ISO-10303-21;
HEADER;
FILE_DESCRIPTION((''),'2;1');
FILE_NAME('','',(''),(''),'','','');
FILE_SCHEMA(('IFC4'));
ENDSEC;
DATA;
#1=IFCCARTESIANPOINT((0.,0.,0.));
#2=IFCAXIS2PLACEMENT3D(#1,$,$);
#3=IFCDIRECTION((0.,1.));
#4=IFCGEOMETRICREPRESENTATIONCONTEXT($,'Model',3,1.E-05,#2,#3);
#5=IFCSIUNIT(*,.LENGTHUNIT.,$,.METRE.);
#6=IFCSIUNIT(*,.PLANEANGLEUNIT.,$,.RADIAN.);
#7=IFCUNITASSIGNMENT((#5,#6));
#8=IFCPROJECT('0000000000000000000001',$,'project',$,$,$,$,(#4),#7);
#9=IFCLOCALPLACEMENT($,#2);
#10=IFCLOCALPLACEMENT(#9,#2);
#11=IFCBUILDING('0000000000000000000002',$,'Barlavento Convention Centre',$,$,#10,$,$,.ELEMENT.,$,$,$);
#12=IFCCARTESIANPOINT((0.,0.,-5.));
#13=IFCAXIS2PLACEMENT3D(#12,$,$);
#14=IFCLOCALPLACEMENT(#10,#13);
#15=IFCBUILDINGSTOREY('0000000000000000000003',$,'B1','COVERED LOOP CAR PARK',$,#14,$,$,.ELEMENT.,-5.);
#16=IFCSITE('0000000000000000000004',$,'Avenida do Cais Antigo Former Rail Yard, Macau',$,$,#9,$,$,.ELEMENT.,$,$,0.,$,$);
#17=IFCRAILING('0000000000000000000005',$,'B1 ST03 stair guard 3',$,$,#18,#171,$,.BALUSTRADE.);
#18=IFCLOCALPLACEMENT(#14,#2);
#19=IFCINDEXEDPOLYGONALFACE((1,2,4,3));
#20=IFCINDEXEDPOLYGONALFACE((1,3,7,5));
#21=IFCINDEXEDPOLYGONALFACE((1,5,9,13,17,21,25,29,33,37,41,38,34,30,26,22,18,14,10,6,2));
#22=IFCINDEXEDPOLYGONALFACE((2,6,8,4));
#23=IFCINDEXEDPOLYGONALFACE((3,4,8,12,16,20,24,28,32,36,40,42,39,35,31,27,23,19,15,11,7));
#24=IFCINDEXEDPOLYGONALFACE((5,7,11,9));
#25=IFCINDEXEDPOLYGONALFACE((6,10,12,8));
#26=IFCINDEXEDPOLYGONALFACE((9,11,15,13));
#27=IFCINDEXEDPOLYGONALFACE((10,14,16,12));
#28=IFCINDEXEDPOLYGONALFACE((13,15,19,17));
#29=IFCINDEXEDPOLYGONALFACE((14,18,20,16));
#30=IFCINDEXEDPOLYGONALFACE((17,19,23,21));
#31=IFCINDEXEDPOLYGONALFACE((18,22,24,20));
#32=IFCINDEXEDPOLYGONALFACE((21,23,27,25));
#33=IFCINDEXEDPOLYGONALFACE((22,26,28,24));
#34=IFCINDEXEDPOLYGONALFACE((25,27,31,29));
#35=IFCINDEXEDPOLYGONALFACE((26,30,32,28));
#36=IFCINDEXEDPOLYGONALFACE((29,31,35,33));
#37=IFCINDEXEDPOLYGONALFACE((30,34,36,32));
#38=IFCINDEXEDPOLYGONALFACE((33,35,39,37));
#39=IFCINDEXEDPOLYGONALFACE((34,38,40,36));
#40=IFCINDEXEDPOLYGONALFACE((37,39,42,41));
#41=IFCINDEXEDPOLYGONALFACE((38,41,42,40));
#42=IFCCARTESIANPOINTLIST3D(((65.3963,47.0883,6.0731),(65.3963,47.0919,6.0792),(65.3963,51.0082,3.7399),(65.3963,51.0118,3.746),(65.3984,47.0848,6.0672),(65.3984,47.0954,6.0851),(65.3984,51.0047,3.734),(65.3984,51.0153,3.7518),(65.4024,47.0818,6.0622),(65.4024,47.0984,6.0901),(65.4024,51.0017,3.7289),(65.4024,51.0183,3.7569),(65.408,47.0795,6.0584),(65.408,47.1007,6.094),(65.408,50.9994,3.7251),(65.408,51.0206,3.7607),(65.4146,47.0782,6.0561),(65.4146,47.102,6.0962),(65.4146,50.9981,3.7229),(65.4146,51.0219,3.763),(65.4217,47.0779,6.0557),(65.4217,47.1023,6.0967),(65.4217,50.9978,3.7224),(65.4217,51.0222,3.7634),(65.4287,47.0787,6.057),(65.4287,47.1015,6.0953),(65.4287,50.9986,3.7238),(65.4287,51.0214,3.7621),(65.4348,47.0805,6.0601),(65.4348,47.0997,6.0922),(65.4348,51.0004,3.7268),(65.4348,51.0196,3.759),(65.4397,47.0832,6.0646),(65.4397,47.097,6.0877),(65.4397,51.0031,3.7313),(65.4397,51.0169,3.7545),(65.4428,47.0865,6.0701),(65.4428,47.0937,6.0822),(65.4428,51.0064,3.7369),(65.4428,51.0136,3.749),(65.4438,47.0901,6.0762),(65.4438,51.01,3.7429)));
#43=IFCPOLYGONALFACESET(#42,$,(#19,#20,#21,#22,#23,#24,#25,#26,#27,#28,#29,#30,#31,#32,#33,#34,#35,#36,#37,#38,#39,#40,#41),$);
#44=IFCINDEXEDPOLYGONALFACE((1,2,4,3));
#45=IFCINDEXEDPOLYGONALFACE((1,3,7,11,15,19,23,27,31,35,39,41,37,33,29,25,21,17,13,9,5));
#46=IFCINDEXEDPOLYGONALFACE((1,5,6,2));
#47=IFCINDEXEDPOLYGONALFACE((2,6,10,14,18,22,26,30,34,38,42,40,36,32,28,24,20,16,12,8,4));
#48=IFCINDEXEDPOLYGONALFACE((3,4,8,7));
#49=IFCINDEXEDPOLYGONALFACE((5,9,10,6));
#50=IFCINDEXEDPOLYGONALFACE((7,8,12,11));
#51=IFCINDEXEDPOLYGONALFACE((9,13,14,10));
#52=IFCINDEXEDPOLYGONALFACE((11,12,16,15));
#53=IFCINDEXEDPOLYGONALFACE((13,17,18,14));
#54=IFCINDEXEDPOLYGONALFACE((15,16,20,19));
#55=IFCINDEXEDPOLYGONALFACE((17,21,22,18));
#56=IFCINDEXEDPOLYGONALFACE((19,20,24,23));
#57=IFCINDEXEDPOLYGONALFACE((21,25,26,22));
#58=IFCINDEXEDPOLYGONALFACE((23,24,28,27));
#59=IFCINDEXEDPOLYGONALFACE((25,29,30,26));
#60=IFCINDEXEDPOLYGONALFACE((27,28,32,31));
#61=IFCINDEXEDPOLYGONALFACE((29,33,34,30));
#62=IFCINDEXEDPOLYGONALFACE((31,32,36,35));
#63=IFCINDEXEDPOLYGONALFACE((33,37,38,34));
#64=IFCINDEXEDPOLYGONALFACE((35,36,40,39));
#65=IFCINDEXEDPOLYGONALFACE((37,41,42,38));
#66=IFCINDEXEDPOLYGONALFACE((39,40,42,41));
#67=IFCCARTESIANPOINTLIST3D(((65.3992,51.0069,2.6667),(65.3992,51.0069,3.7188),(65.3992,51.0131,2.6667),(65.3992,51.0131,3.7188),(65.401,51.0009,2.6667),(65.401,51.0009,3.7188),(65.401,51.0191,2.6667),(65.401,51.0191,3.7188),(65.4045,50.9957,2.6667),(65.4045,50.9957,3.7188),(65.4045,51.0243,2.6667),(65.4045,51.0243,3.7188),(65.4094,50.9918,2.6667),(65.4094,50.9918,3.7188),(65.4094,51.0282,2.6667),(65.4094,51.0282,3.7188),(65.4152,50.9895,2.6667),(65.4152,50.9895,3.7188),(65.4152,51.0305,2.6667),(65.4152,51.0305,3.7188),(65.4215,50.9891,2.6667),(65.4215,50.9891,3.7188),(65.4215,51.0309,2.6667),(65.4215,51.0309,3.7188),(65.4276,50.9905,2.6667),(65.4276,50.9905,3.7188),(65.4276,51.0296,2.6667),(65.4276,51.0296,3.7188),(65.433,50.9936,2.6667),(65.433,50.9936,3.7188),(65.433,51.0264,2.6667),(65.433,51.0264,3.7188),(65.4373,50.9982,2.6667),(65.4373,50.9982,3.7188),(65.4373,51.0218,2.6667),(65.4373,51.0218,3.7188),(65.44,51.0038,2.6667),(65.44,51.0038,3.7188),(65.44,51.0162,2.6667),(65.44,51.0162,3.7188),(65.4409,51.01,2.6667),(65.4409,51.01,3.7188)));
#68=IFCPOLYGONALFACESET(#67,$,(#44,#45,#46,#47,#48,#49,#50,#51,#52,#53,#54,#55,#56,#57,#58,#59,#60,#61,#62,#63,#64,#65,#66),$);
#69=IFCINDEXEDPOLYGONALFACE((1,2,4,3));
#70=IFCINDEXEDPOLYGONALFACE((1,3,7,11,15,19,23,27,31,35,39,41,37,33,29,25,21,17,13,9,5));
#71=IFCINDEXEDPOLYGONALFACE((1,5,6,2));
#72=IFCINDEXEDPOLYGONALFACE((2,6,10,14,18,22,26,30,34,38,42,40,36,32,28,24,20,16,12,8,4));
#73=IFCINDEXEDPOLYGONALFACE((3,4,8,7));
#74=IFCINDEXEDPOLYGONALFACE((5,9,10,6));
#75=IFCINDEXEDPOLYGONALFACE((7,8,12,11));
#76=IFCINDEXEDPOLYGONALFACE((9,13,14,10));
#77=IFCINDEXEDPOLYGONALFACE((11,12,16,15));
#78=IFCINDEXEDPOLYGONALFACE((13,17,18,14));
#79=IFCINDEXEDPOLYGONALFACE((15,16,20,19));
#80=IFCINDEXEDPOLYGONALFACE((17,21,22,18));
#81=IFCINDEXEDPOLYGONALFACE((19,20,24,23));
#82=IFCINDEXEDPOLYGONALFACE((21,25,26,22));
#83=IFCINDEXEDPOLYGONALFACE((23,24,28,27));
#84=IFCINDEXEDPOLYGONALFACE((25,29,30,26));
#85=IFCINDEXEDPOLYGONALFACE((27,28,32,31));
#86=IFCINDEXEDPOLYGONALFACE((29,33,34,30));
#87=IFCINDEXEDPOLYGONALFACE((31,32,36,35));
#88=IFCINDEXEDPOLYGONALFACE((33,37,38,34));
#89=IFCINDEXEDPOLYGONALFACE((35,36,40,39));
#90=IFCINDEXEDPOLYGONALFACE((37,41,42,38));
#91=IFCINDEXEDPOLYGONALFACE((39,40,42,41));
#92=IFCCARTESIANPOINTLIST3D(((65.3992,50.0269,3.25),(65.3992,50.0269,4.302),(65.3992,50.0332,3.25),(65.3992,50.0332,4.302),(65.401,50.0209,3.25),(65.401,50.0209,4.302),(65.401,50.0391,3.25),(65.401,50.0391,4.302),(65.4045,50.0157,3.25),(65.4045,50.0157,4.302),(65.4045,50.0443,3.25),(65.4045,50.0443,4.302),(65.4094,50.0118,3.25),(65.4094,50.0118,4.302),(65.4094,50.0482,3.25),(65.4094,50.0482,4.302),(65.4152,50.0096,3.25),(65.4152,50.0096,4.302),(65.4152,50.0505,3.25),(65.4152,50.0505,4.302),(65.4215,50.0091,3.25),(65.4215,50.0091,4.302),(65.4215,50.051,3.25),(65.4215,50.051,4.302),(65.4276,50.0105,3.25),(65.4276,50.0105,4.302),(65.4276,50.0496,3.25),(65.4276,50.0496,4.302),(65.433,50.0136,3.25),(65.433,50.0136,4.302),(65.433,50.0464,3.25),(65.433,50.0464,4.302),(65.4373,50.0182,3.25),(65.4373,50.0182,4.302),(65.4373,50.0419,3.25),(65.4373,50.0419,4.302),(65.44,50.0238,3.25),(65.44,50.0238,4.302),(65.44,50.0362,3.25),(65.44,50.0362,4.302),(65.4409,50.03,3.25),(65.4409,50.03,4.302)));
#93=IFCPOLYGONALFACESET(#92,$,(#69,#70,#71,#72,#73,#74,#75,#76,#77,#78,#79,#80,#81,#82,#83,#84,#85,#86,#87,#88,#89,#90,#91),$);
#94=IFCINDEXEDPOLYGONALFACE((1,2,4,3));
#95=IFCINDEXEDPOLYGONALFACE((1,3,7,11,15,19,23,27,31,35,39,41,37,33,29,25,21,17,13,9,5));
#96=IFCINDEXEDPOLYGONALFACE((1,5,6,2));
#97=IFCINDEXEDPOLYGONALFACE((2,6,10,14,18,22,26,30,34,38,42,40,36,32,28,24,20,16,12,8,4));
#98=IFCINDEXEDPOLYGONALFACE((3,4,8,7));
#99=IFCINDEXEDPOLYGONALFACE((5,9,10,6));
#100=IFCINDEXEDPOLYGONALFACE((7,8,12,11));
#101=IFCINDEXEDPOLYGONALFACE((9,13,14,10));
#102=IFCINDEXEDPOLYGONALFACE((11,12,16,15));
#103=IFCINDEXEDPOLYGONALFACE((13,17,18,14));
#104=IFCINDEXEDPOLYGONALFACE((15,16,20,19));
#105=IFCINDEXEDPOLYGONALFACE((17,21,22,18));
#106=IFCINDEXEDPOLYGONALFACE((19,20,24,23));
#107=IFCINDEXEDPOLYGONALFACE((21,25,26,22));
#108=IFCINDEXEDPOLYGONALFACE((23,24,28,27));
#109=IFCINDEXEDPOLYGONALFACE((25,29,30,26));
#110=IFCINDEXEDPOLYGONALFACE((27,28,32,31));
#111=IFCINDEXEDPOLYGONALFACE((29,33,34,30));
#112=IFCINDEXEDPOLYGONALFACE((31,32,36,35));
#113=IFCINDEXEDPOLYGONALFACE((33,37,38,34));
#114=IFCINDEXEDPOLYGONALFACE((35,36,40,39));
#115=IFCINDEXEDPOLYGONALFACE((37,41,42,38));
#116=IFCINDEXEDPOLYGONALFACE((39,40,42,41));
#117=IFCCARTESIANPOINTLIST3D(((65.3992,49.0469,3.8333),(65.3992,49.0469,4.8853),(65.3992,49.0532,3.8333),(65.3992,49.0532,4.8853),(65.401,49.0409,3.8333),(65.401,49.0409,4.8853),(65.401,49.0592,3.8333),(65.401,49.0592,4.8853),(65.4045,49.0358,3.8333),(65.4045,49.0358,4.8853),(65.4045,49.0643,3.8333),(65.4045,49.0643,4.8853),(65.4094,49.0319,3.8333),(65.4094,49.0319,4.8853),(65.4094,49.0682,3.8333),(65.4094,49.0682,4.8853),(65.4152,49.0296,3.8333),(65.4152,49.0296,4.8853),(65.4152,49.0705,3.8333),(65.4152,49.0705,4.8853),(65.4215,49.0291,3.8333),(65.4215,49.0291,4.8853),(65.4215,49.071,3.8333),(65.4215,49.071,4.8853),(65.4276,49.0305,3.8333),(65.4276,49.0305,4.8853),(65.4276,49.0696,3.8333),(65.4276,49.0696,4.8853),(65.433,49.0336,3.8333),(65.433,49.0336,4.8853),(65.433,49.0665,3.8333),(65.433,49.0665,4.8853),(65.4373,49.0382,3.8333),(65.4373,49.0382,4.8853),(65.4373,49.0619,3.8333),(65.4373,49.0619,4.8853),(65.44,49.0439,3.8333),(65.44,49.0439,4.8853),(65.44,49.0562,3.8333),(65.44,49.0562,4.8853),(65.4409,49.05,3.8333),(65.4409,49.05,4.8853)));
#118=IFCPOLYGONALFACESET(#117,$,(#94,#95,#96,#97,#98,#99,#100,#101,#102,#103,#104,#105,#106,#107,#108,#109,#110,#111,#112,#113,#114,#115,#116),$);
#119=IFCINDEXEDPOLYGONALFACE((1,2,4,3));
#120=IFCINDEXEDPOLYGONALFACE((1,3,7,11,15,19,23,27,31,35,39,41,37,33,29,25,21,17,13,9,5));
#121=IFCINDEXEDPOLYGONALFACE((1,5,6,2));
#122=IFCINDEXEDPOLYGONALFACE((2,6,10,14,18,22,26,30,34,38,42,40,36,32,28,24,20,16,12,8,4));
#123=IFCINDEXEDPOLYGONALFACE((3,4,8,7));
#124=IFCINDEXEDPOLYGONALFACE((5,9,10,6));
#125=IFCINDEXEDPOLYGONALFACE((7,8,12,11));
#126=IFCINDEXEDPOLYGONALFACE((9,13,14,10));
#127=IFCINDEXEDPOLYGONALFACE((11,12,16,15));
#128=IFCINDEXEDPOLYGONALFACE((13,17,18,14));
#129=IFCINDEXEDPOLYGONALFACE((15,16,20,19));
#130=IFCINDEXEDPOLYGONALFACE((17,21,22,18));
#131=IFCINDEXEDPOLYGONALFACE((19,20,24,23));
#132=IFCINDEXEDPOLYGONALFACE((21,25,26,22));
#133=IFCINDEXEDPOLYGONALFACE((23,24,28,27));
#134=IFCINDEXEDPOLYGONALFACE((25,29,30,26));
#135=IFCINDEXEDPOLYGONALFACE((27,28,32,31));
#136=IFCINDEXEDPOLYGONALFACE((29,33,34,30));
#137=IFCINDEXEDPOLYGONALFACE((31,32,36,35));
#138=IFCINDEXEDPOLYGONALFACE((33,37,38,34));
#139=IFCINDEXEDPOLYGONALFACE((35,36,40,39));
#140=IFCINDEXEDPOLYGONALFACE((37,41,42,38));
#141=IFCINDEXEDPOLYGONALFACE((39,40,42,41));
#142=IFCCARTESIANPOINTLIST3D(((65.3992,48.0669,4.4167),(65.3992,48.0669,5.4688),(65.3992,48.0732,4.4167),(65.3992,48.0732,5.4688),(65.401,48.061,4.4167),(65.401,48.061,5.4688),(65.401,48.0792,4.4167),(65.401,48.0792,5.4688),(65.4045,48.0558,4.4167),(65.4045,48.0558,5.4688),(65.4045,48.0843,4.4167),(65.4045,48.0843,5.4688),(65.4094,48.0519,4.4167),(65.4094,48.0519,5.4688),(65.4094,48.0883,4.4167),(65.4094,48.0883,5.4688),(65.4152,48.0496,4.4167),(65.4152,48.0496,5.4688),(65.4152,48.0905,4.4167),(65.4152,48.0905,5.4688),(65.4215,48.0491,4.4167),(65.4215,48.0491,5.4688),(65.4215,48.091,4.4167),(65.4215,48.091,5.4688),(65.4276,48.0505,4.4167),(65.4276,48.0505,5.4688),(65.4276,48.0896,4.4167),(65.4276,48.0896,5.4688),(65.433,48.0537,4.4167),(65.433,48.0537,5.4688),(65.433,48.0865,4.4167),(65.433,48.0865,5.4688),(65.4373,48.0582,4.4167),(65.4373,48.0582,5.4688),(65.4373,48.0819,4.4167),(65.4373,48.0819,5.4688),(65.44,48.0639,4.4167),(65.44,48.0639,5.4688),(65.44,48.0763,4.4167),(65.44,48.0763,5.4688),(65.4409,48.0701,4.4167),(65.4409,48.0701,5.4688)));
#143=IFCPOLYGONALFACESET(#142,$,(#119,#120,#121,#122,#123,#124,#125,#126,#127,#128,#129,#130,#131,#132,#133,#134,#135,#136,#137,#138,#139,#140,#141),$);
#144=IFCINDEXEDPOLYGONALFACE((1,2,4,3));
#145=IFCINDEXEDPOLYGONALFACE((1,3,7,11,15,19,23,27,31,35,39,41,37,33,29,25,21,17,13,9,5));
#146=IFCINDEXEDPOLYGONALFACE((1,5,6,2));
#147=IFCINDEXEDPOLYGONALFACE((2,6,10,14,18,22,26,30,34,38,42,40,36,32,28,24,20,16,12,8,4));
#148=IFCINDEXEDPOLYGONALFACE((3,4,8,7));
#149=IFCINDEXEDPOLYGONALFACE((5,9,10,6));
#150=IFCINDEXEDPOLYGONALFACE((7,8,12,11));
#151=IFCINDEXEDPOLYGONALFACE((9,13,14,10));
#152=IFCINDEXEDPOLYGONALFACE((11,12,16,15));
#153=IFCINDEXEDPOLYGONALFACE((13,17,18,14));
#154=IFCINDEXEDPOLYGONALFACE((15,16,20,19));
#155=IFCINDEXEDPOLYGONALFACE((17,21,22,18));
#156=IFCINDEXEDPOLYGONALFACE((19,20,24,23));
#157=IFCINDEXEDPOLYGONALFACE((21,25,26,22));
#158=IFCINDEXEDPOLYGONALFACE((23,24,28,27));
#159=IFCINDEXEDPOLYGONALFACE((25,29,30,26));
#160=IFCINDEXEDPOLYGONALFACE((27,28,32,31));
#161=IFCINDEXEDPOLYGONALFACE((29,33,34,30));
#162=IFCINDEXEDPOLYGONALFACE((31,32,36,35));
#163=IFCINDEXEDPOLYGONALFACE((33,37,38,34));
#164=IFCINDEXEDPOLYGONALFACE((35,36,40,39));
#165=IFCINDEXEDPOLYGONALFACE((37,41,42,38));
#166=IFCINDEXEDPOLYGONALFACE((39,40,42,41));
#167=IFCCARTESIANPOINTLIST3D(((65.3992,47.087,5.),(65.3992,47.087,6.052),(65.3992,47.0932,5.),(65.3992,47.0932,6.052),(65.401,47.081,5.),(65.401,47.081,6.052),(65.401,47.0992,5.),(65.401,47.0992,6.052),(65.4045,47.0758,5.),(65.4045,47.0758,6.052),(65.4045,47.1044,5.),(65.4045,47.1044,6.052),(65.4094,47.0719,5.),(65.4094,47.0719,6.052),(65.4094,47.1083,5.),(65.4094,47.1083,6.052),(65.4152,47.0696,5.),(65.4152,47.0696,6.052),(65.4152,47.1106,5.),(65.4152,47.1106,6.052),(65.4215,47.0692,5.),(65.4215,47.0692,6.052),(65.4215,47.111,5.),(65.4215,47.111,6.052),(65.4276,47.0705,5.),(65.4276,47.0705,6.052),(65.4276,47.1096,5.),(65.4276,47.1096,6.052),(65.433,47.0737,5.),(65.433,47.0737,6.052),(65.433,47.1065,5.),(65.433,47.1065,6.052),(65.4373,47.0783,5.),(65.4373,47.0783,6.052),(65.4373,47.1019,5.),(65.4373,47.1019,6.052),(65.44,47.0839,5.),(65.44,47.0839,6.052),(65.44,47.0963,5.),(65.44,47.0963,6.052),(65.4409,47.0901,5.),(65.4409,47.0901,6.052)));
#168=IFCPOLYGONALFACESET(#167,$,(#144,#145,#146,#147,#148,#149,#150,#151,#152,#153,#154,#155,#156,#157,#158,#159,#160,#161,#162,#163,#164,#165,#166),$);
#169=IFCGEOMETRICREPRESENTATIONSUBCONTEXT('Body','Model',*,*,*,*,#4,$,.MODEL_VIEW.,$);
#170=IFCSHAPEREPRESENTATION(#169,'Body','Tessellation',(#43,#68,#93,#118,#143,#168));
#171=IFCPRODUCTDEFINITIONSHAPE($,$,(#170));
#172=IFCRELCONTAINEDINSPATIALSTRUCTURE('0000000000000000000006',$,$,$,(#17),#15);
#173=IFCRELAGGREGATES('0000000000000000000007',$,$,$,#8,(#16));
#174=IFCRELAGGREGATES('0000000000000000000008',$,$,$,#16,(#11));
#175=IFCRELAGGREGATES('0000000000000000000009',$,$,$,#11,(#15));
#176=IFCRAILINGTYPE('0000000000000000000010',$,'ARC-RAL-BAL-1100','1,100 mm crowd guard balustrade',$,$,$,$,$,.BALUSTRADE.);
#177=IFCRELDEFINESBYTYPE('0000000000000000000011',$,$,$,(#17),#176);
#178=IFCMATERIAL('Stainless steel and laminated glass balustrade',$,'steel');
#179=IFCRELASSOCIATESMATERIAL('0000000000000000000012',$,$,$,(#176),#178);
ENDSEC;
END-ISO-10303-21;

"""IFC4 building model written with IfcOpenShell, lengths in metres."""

from ifc_helpers import new_model, si_unit, direction, frame, origin, origin_2d, place, context, subcontext, project, spatial, circle, extrude, material, type_object, element, save


model = new_model("IFC4")

# Units and contexts
model_context = context("Model", 3, precision=1e-05, world=origin(), true_north=direction((0.0, 1.0)))
body_context = subcontext(model_context, "Body", "Model", "MODEL_VIEW")
ifc_project = project(units=[si_unit("LENGTHUNIT", "METRE"), si_unit("PLANEANGLEUNIT", "RADIAN")], contexts=[model_context])

# Site, building, storey
site_placement = place(None, origin())
site = spatial("IfcSite", under=ifc_project, at=site_placement, Name="Avenida do Cais Antigo Former Rail Yard, Macau", CompositionType="ELEMENT", RefElevation=0.0)
building_placement = place(site_placement, origin())
building = spatial("IfcBuilding", under=site, at=building_placement, Name="Barlavento Convention Centre", CompositionType="ELEMENT")
storey_placement = place(building_placement, frame((0.0, 0.0, -5.0)))
storey = spatial("IfcBuildingStorey", under=building, at=storey_placement, Name="B1", Description="COVERED LOOP CAR PARK", CompositionType="ELEMENT", Elevation=-5.0)

# Railing
ifc_material_1 = material(Name="Stainless steel and laminated glass balustrade", Category="steel")
railing_type_1 = type_object("IfcRailingType", Name="ARC-RAL-BAL-1100", Description="1,100 mm crowd guard balustrade", PredefinedType="BALUSTRADE", material=ifc_material_1)
railing_1_placement = place(storey_placement, frame((65.4199, 51.01, 2.6667)))
element("IfcRailing", 1, at=railing_1_placement, inside=storey, type_object=railing_type_1, Name="B1 ST03 stair guard 3", PredefinedType="BALUSTRADE", context=body_context, shape_type="SweptSolid", body=[
    extrude(circle(Radius=0.0239, at=origin_2d()), frame((0.0, 0.0, 1.0762), z_axis=(0.0, -0.859296, 0.511478), x_axis=(1.0, 0.0, 0.0)), (0.0, 0.0, 1.0), 4.5618),
    extrude(circle(Radius=0.021, at=origin_2d()), origin(), (0.0, 0.0, 1.0), 1.052),
    extrude(circle(Radius=0.021, at=origin_2d()), frame((0.0, -0.98, 0.5833)), (0.0, 0.0, 1.0), 1.052),
    extrude(circle(Radius=0.021, at=origin_2d()), frame((0.0, -1.96, 1.1665)), (0.0, 0.0, 1.0), 1.052),
    extrude(circle(Radius=0.021, at=origin_2d()), frame((0.0, -2.9399, 1.75)), (0.0, 0.0, 1.0), 1.052),
    extrude(circle(Radius=0.021, at=origin_2d()), frame((0.0, -3.9199, 2.3333)), (0.0, 0.0, 1.0), 1.052),
])

save(model, "model.ifc")
